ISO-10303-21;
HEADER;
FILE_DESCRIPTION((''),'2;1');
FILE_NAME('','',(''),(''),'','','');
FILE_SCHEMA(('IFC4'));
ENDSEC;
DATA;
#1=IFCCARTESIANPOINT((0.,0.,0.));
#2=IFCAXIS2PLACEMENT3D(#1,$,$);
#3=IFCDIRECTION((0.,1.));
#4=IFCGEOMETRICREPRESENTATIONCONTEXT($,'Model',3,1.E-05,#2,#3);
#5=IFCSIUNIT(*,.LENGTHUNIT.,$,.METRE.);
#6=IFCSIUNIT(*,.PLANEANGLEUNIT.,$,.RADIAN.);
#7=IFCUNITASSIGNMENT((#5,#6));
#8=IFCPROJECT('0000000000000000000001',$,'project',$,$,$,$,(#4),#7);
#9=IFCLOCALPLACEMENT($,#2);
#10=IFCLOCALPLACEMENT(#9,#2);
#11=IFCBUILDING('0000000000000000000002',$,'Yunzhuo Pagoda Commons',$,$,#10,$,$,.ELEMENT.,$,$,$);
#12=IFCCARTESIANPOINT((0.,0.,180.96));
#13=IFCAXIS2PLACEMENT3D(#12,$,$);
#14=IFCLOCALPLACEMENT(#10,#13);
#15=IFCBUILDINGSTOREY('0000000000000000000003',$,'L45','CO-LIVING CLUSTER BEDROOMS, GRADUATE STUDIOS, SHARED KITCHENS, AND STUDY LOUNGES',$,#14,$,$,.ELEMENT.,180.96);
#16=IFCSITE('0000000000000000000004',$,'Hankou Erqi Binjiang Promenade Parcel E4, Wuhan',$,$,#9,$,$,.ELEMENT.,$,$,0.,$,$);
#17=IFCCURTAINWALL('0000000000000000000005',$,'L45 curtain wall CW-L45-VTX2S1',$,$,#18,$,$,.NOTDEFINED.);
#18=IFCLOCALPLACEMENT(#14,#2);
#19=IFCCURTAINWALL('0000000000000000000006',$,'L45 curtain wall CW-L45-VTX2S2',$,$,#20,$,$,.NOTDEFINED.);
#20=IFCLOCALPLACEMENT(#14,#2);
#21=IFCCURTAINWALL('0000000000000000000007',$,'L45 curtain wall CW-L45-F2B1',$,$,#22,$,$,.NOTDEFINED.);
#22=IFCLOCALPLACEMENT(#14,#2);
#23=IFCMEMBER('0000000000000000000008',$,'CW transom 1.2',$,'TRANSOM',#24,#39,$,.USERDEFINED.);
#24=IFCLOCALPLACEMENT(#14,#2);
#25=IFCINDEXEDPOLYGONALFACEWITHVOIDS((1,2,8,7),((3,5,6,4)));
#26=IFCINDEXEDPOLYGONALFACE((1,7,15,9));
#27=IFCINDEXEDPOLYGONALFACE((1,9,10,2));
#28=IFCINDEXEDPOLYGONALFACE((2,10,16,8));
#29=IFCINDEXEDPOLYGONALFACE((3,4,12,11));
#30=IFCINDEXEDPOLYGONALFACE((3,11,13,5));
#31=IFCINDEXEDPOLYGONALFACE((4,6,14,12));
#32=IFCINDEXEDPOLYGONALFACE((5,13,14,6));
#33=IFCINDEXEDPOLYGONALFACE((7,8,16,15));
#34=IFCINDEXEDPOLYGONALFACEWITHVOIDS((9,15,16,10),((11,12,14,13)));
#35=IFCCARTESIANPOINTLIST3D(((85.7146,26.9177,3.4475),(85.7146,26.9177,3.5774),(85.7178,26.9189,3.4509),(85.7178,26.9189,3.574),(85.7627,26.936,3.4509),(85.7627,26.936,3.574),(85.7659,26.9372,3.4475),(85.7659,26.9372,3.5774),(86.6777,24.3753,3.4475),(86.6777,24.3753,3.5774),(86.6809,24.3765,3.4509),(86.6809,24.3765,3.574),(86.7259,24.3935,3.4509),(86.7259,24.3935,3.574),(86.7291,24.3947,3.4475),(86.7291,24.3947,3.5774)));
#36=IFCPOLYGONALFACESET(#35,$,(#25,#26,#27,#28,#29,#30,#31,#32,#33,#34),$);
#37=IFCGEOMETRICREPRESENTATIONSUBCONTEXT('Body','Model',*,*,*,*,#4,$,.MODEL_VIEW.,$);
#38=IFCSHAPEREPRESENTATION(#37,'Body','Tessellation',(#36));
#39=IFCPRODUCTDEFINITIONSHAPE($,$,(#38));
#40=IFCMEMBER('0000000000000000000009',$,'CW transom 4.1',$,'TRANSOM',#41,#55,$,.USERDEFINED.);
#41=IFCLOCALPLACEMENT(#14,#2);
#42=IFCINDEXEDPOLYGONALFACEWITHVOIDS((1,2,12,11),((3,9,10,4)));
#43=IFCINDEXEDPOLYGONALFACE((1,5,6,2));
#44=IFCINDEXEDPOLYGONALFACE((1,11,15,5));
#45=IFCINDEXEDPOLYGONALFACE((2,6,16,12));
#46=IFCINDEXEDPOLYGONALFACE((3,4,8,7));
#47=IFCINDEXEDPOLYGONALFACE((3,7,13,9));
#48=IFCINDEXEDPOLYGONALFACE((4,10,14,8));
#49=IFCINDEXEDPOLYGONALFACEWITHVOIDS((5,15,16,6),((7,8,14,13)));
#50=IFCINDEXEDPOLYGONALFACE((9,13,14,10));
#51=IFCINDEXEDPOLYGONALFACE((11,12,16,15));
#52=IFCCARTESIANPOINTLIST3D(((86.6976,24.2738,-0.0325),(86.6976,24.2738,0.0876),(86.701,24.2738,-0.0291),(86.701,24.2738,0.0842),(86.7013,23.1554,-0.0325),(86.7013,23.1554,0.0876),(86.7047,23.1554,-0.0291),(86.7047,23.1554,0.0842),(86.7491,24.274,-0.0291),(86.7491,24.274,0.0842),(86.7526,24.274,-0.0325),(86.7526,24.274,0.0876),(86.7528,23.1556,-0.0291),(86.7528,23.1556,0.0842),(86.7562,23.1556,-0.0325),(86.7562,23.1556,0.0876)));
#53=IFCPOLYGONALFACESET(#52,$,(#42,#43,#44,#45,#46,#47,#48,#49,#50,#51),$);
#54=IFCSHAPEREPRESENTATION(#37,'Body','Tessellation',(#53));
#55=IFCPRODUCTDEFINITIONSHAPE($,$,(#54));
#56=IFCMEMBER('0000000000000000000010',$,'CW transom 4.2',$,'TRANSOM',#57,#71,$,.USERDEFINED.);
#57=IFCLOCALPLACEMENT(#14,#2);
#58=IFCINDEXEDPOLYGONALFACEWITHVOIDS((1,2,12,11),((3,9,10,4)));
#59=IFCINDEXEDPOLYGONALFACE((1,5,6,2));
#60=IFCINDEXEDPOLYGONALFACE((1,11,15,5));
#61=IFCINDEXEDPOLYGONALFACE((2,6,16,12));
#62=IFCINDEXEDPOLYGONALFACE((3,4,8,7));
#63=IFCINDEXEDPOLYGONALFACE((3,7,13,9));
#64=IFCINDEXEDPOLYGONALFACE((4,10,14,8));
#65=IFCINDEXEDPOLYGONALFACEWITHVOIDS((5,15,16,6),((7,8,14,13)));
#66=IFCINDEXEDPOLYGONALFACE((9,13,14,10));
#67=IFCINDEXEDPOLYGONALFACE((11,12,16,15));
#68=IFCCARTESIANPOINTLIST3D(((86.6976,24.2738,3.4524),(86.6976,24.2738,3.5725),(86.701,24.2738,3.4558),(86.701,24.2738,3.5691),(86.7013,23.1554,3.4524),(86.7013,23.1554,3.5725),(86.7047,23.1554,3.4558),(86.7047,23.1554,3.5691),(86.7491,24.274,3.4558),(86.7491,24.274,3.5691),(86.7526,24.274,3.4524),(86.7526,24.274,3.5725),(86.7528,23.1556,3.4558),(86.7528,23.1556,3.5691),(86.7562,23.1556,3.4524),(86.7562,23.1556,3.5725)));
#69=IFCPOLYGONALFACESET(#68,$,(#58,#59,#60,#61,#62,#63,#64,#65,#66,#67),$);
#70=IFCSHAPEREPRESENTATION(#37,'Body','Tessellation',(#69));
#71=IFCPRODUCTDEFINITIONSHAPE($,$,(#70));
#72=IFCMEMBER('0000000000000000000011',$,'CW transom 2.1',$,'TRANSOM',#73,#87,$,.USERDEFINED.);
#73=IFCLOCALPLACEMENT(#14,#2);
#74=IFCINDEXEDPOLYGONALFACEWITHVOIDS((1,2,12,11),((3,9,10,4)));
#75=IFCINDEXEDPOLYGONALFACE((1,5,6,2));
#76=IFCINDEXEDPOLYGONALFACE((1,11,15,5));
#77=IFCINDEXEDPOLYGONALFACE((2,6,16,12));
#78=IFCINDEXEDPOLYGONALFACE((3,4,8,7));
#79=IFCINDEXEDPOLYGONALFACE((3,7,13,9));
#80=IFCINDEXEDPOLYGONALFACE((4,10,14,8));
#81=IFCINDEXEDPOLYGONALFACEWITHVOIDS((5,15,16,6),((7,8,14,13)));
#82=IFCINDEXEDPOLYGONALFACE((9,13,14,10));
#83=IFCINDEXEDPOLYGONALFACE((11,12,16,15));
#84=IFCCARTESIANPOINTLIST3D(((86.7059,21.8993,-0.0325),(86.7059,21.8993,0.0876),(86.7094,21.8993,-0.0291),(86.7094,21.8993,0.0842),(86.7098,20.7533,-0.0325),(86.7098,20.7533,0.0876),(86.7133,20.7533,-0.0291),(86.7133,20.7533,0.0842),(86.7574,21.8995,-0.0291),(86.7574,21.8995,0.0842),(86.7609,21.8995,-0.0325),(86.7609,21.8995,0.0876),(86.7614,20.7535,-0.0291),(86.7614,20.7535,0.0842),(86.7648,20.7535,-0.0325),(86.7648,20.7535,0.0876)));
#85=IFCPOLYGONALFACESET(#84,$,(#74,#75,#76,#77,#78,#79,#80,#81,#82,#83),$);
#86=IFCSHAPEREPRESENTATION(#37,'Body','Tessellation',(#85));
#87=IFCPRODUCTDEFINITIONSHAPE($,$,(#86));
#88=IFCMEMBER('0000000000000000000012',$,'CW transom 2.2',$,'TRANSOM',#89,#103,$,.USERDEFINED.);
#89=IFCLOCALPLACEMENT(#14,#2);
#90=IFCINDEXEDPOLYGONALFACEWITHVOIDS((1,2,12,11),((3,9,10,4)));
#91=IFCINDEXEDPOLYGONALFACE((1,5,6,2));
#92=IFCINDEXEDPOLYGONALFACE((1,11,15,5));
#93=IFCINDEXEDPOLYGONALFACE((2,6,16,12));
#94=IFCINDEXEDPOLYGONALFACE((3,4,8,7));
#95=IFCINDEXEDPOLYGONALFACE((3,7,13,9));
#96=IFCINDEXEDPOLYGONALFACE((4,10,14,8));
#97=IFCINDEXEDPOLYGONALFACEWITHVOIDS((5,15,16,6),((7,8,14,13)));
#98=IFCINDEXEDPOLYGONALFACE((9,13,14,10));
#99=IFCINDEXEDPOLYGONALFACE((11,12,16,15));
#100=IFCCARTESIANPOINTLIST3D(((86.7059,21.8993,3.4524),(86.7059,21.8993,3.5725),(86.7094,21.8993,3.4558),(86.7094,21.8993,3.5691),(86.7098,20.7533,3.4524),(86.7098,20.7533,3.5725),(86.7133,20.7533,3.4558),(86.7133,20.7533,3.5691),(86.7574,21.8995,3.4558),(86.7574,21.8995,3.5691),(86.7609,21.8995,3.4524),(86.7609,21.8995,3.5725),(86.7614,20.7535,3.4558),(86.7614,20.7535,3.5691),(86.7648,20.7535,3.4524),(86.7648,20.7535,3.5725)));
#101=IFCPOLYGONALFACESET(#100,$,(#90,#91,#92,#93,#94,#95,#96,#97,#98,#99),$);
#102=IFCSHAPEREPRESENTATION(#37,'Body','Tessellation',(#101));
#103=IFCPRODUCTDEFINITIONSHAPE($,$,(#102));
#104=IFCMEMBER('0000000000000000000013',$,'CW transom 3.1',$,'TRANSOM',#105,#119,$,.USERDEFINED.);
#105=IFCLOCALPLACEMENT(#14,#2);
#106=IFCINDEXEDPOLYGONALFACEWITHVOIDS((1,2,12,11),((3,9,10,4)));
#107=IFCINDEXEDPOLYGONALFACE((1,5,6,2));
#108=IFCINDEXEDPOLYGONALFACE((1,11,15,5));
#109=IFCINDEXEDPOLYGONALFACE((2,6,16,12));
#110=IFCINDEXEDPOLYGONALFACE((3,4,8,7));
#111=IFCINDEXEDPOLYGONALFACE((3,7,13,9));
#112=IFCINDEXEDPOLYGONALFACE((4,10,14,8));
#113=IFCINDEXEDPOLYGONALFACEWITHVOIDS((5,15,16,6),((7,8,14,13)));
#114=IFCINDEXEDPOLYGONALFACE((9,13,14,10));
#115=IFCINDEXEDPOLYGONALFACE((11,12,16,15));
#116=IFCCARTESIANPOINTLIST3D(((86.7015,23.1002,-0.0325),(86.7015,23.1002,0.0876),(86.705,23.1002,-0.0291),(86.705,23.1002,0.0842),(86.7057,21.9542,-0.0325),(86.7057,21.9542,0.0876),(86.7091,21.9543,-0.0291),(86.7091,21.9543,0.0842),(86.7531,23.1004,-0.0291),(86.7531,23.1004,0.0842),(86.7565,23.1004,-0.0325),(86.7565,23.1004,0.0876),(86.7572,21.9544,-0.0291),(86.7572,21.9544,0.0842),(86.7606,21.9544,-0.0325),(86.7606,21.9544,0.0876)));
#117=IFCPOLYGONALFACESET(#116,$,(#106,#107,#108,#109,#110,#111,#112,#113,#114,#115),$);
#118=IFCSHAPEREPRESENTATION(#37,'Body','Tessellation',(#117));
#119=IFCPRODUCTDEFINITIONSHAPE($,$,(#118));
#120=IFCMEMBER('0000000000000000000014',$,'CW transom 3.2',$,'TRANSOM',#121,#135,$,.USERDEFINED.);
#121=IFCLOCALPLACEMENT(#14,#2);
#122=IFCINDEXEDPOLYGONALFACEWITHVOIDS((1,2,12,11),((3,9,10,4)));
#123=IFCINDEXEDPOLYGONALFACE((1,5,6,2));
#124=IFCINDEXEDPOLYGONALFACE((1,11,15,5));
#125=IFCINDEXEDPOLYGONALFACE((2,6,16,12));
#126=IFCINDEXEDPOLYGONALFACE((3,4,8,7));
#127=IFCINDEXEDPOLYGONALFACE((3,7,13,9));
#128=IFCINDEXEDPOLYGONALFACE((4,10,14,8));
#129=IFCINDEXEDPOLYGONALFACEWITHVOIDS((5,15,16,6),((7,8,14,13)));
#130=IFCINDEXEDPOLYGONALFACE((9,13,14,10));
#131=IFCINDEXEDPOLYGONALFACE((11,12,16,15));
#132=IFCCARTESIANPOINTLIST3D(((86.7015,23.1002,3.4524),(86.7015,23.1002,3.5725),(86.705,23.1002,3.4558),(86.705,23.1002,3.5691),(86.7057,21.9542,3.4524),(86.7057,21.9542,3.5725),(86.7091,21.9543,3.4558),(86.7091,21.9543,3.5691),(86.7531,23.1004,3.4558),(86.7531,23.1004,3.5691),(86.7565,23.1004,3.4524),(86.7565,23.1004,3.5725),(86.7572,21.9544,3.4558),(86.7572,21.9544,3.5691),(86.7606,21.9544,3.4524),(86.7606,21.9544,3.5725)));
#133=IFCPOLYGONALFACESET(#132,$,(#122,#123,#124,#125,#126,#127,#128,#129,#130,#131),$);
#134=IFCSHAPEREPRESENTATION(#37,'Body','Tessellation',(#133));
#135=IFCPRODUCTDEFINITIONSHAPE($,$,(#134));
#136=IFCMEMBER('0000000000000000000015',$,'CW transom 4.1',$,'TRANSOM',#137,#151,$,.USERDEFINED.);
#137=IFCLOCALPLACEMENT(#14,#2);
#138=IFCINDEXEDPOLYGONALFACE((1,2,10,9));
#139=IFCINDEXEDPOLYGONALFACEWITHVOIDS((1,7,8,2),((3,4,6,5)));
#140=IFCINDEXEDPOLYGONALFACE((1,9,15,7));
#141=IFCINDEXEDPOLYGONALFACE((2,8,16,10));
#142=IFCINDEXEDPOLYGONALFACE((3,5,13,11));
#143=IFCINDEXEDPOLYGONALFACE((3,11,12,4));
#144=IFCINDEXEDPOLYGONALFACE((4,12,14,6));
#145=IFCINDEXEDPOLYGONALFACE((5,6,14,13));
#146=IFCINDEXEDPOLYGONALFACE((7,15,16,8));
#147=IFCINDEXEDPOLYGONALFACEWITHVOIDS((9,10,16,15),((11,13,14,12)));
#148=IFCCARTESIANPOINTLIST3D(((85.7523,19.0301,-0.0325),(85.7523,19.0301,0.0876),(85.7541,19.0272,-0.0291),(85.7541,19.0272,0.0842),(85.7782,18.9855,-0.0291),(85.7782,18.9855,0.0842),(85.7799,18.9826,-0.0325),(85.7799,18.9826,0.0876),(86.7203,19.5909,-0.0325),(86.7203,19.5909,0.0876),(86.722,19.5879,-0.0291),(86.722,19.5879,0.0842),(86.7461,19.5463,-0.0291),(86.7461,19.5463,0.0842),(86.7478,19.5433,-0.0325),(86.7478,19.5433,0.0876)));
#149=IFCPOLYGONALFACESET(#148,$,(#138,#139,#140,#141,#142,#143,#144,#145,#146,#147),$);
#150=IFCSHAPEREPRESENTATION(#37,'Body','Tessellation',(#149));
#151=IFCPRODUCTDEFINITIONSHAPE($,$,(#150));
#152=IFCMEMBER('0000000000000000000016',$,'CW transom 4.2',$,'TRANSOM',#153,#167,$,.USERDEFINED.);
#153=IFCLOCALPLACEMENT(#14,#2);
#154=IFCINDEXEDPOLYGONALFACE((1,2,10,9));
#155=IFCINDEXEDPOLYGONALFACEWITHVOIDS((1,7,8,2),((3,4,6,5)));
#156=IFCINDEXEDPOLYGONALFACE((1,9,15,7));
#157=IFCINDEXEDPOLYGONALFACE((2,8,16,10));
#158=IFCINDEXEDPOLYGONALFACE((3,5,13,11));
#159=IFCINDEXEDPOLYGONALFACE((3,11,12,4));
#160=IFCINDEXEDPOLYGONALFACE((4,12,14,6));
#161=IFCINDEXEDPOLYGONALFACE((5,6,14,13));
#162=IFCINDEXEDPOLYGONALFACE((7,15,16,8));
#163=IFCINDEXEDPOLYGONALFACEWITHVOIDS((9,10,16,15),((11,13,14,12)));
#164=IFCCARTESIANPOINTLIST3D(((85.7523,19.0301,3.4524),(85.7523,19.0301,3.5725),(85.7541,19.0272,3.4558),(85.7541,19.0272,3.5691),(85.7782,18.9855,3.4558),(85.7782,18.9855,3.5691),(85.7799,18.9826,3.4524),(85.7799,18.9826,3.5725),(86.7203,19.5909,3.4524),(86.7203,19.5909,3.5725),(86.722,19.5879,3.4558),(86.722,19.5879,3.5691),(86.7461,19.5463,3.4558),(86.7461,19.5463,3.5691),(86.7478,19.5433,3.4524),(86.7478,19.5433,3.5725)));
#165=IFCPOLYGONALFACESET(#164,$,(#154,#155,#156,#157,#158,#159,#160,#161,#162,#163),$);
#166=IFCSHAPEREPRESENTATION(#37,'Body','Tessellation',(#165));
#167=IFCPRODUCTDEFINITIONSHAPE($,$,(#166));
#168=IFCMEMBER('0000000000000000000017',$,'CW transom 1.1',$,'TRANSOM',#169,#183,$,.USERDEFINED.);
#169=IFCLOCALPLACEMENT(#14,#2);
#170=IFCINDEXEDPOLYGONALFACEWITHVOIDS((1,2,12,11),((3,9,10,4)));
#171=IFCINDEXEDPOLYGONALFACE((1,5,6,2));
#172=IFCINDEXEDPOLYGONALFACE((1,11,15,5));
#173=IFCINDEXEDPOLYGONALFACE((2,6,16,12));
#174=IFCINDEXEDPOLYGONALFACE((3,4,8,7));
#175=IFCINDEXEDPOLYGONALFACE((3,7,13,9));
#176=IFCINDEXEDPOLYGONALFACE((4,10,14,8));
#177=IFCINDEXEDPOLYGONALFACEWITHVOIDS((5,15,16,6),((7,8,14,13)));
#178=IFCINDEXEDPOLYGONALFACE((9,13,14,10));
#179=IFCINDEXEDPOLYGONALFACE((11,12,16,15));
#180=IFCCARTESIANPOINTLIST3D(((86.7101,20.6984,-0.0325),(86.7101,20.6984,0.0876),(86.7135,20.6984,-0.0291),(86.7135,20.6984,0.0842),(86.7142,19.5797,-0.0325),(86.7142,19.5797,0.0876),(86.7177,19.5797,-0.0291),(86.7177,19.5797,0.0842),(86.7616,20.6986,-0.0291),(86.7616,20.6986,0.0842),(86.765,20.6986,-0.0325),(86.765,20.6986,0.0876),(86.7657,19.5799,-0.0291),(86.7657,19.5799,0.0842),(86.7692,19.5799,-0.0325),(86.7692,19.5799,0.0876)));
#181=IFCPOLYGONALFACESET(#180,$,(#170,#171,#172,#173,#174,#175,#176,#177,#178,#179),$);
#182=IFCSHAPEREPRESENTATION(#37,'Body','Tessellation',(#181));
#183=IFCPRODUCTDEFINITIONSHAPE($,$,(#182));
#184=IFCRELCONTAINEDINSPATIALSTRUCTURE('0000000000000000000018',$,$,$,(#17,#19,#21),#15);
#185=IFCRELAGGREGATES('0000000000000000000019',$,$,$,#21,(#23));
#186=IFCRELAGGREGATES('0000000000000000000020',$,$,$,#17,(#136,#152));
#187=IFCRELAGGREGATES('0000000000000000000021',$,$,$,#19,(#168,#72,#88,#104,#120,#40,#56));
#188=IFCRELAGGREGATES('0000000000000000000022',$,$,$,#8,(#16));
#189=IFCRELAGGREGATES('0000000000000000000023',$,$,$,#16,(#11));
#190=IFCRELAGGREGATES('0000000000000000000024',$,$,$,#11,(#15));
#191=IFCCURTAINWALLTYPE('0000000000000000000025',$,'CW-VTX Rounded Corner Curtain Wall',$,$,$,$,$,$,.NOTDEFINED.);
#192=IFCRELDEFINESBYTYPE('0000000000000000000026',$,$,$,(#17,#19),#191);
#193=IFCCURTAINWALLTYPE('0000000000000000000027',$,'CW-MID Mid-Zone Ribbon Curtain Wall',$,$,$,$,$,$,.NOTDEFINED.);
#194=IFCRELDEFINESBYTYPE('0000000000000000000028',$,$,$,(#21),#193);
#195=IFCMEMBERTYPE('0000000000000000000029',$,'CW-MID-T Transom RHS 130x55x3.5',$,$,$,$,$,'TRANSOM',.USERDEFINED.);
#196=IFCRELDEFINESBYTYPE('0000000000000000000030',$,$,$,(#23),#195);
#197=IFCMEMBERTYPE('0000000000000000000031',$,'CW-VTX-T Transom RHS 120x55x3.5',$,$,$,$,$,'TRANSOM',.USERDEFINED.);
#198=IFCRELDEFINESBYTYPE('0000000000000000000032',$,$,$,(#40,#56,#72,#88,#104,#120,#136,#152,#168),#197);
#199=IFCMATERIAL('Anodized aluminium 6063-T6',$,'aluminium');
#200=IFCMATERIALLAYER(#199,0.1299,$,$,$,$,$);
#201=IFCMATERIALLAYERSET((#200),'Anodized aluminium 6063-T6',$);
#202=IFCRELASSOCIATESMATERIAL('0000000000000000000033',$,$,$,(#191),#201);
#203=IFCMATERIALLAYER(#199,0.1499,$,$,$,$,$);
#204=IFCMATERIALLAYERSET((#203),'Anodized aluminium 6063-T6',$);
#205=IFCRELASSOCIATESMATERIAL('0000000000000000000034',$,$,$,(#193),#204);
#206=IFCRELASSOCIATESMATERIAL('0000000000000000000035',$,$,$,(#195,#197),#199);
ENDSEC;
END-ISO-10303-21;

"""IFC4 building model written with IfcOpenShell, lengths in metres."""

from ifc_helpers import new_model, si_unit, direction, frame, origin, origin_2d, place, context, subcontext, project, spatial, hollow_rectangle, extrude, source, transform, mapped, material, layer, layer_set, material_profile, profile_set, type_object, element, aggregate, save


model = new_model("IFC4")

# Units and contexts
model_context = context("Model", 3, precision=1e-05, world=origin(), true_north=direction((0.0, 1.0)))
body_context = subcontext(model_context, "Body", "Model", "MODEL_VIEW")
ifc_project = project(units=[si_unit("LENGTHUNIT", "METRE"), si_unit("PLANEANGLEUNIT", "RADIAN")], contexts=[model_context])

# Site, building, storey
site_placement = place(None, origin())
site = spatial("IfcSite", under=ifc_project, at=site_placement, Name="Hankou Erqi Binjiang Promenade Parcel E4, Wuhan", CompositionType="ELEMENT", RefElevation=0.0)
building_placement = place(site_placement, origin())
building = spatial("IfcBuilding", under=site, at=building_placement, Name="Yunzhuo Pagoda Commons", CompositionType="ELEMENT")
storey_placement = place(building_placement, frame((0.0, 0.0, 180.96)))
storey = spatial("IfcBuildingStorey", under=building, at=storey_placement, Name="L45", Description="CO-LIVING CLUSTER BEDROOMS, GRADUATE STUDIOS, SHARED KITCHENS, AND STUDY LOUNGES", CompositionType="ELEMENT", Elevation=180.96)

# Curtain wall
ifc_material_1 = material(Name="Anodized aluminium 6063-T6", Category="aluminium")
ifc_layer_1 = layer(ifc_material_1, 0.1299)
ifc_layer_set_1 = layer_set([ifc_layer_1], Name="Anodized aluminium 6063-T6")
curtain_wall_type_1 = type_object("IfcCurtainWallType", Name="CW-VTX Rounded Corner Curtain Wall", PredefinedType="NOTDEFINED", material=ifc_layer_set_1)
curtain_wall_1_placement = place(storey_placement, origin())
curtain_wall_1 = element("IfcCurtainWall", 1, at=curtain_wall_1_placement, inside=storey, type_object=curtain_wall_type_1, Name="L45 curtain wall CW-L45-VTX2S1", PredefinedType="NOTDEFINED")

# Curtain wall
curtain_wall_2_placement = place(storey_placement, origin())
curtain_wall_2 = element("IfcCurtainWall", 2, at=curtain_wall_2_placement, inside=storey, type_object=curtain_wall_type_1, Name="L45 curtain wall CW-L45-VTX2S2", PredefinedType="NOTDEFINED")

# Shared definitions
ifc_layer_2 = layer(ifc_material_1, 0.1499)
ifc_layer_set_2 = layer_set([ifc_layer_2], Name="Anodized aluminium 6063-T6")
curtain_wall_type_2 = type_object("IfcCurtainWallType", Name="CW-MID Mid-Zone Ribbon Curtain Wall", PredefinedType="NOTDEFINED", material=ifc_layer_set_2)

# Curtain wall
curtain_wall_3_placement = place(storey_placement, origin())
curtain_wall_3 = element("IfcCurtainWall", 3, at=curtain_wall_3_placement, inside=storey, type_object=curtain_wall_type_2, Name="L45 curtain wall CW-L45-F2B1", PredefinedType="NOTDEFINED")

# Members
ifc_material_profile_1 = material_profile(ifc_material_1, hollow_rectangle(XDim=0.0549, YDim=0.1299, WallThickness=0.0034, at=origin_2d()), Name="Anodized aluminium 6063-T6")
ifc_profile_set_1 = profile_set([ifc_material_profile_1], Name="Anodized aluminium 6063-T6")
member_type_1 = type_object("IfcMemberType", Name="CW-MID-T Transom RHS 130x55x3.5", ElementType="TRANSOM", PredefinedType="USERDEFINED", material=ifc_profile_set_1)
shared_shape_1 = source(origin(), body_context, "Body", "SweptSolid", [
    extrude(hollow_rectangle(XDim=0.0549, YDim=0.1299, WallThickness=0.0034, at=origin_2d()), origin(), (0.0, 0.0, 1.0), 2.7188),
])
member_1_placement = place(storey_placement, frame((86.7034, 24.385, 3.5125), z_axis=(-0.354251, 0.93515, 0.0), x_axis=(-0.93515, -0.354251, 0.0)))
member_1 = element("IfcMember", 4, at=member_1_placement, type_object=member_type_1, Name="CW transom 1.2", ObjectType="TRANSOM", PredefinedType="USERDEFINED", context=body_context, shape_type="MappedRepresentation", body=[
    mapped(shared_shape_1, transform((0.0, 0.0, 0.0), scale=1.0)),
])
ifc_material_profile_2 = material_profile(ifc_material_1, hollow_rectangle(XDim=0.0549, YDim=0.1201, WallThickness=0.0034, at=origin_2d()), Name="Anodized aluminium 6063-T6")
ifc_profile_set_2 = profile_set([ifc_material_profile_2], Name="Anodized aluminium 6063-T6")
member_type_2 = type_object("IfcMemberType", Name="CW-VTX-T Transom RHS 120x55x3.5", ElementType="TRANSOM", PredefinedType="USERDEFINED", material=ifc_profile_set_2)
shared_shape_2 = source(origin(), body_context, "Body", "SweptSolid", [
    extrude(hollow_rectangle(XDim=0.0549, YDim=0.1201, WallThickness=0.0034, at=origin_2d()), origin(), (0.0, 0.0, 1.0), 1.1184),
])
member_2_placement = place(storey_placement, frame((86.7288, 23.1555, 0.0276), z_axis=(-0.003274, 0.999995, 0.0), x_axis=(-0.999995, -0.003274, 0.0)))
member_2 = element("IfcMember", 5, at=member_2_placement, type_object=member_type_2, Name="CW transom 4.1", ObjectType="TRANSOM", PredefinedType="USERDEFINED", context=body_context, shape_type="MappedRepresentation", body=[
    mapped(shared_shape_2, transform((0.0, 0.0, 0.0), scale=1.0)),
])
member_3_placement = place(storey_placement, frame((86.7288, 23.1555, 3.5125), z_axis=(-0.003274, 0.999995, 0.0), x_axis=(-0.999995, -0.003274, 0.0)))
member_3 = element("IfcMember", 6, at=member_3_placement, type_object=member_type_2, Name="CW transom 4.2", ObjectType="TRANSOM", PredefinedType="USERDEFINED", context=body_context, shape_type="MappedRepresentation", body=[
    mapped(shared_shape_2, transform((0.0, 0.0, 0.0), scale=1.0)),
])
shared_shape_3 = source(origin(), body_context, "Body", "SweptSolid", [
    extrude(hollow_rectangle(XDim=0.0549, YDim=0.1201, WallThickness=0.0034, at=origin_2d()), origin(), (0.0, 0.0, 1.0), 1.146),
])
member_4_placement = place(storey_placement, frame((86.7373, 20.7534, 0.0276), z_axis=(-0.003409, 0.999994, 0.0), x_axis=(-0.999994, -0.003409, 0.0)))
member_4 = element("IfcMember", 7, at=member_4_placement, type_object=member_type_2, Name="CW transom 2.1", ObjectType="TRANSOM", PredefinedType="USERDEFINED", context=body_context, shape_type="MappedRepresentation", body=[
    mapped(shared_shape_3, transform((0.0, 0.0, 0.0), scale=1.0)),
])
member_5_placement = place(storey_placement, frame((86.7373, 20.7534, 3.5125), z_axis=(-0.003409, 0.999994, 0.0), x_axis=(-0.999994, -0.003409, 0.0)))
member_5 = element("IfcMember", 8, at=member_5_placement, type_object=member_type_2, Name="CW transom 2.2", ObjectType="TRANSOM", PredefinedType="USERDEFINED", context=body_context, shape_type="MappedRepresentation", body=[
    mapped(shared_shape_3, transform((0.0, 0.0, 0.0), scale=1.0)),
])
member_6_placement = place(storey_placement, frame((86.7332, 21.9543, 0.0276), z_axis=(-0.003622, 0.999993, 0.0), x_axis=(-0.999993, -0.003622, 0.0)))
member_6 = element("IfcMember", 9, at=member_6_placement, type_object=member_type_2, Name="CW transom 3.1", ObjectType="TRANSOM", PredefinedType="USERDEFINED", context=body_context, shape_type="MappedRepresentation", body=[
    mapped(shared_shape_3, transform((0.0, 0.0, 0.0), scale=1.0)),
])
member_7_placement = place(storey_placement, frame((86.7332, 21.9543, 3.5125), z_axis=(-0.003622, 0.999993, 0.0), x_axis=(-0.999993, -0.003622, 0.0)))
member_7 = element("IfcMember", 10, at=member_7_placement, type_object=member_type_2, Name="CW transom 3.2", ObjectType="TRANSOM", PredefinedType="USERDEFINED", context=body_context, shape_type="MappedRepresentation", body=[
    mapped(shared_shape_3, transform((0.0, 0.0, 0.0), scale=1.0)),
])
shared_shape_4 = source(origin(), body_context, "Body", "SweptSolid", [
    extrude(hollow_rectangle(XDim=0.0549, YDim=0.1201, WallThickness=0.0034, at=origin_2d()), origin(), (0.0, 0.0, 1.0), 1.1187),
])
member_8_placement = place(storey_placement, frame((85.7661, 19.0063, 0.0276), z_axis=(0.865287, 0.501277, 0.0), x_axis=(-0.501277, 0.865287, 0.0)))
member_8 = element("IfcMember", 11, at=member_8_placement, type_object=member_type_2, Name="CW transom 4.1", ObjectType="TRANSOM", PredefinedType="USERDEFINED", context=body_context, shape_type="MappedRepresentation", body=[
    mapped(shared_shape_4, transform((0.0, 0.0, 0.0), scale=1.0)),
])
member_9_placement = place(storey_placement, frame((85.7661, 19.0063, 3.5125), z_axis=(0.865287, 0.501277, 0.0), x_axis=(-0.501277, 0.865287, 0.0)))
member_9 = element("IfcMember", 12, at=member_9_placement, type_object=member_type_2, Name="CW transom 4.2", ObjectType="TRANSOM", PredefinedType="USERDEFINED", context=body_context, shape_type="MappedRepresentation", body=[
    mapped(shared_shape_4, transform((0.0, 0.0, 0.0), scale=1.0)),
])
member_10_placement = place(storey_placement, frame((86.7417, 19.5798, 0.0276), z_axis=(-0.00371, 0.999993, 0.0), x_axis=(-0.999993, -0.00371, 0.0)))
member_10 = element("IfcMember", 13, at=member_10_placement, type_object=member_type_2, Name="CW transom 1.1", ObjectType="TRANSOM", PredefinedType="USERDEFINED", context=body_context, shape_type="MappedRepresentation", body=[
    mapped(shared_shape_4, transform((0.0, 0.0, 0.0), scale=1.0)),
])

aggregate(curtain_wall_3, [member_1])
aggregate(curtain_wall_1, [member_8, member_9])
aggregate(curtain_wall_2, [member_10, member_4, member_5, member_6, member_7, member_2, member_3])

save(model, "model.ifc")
